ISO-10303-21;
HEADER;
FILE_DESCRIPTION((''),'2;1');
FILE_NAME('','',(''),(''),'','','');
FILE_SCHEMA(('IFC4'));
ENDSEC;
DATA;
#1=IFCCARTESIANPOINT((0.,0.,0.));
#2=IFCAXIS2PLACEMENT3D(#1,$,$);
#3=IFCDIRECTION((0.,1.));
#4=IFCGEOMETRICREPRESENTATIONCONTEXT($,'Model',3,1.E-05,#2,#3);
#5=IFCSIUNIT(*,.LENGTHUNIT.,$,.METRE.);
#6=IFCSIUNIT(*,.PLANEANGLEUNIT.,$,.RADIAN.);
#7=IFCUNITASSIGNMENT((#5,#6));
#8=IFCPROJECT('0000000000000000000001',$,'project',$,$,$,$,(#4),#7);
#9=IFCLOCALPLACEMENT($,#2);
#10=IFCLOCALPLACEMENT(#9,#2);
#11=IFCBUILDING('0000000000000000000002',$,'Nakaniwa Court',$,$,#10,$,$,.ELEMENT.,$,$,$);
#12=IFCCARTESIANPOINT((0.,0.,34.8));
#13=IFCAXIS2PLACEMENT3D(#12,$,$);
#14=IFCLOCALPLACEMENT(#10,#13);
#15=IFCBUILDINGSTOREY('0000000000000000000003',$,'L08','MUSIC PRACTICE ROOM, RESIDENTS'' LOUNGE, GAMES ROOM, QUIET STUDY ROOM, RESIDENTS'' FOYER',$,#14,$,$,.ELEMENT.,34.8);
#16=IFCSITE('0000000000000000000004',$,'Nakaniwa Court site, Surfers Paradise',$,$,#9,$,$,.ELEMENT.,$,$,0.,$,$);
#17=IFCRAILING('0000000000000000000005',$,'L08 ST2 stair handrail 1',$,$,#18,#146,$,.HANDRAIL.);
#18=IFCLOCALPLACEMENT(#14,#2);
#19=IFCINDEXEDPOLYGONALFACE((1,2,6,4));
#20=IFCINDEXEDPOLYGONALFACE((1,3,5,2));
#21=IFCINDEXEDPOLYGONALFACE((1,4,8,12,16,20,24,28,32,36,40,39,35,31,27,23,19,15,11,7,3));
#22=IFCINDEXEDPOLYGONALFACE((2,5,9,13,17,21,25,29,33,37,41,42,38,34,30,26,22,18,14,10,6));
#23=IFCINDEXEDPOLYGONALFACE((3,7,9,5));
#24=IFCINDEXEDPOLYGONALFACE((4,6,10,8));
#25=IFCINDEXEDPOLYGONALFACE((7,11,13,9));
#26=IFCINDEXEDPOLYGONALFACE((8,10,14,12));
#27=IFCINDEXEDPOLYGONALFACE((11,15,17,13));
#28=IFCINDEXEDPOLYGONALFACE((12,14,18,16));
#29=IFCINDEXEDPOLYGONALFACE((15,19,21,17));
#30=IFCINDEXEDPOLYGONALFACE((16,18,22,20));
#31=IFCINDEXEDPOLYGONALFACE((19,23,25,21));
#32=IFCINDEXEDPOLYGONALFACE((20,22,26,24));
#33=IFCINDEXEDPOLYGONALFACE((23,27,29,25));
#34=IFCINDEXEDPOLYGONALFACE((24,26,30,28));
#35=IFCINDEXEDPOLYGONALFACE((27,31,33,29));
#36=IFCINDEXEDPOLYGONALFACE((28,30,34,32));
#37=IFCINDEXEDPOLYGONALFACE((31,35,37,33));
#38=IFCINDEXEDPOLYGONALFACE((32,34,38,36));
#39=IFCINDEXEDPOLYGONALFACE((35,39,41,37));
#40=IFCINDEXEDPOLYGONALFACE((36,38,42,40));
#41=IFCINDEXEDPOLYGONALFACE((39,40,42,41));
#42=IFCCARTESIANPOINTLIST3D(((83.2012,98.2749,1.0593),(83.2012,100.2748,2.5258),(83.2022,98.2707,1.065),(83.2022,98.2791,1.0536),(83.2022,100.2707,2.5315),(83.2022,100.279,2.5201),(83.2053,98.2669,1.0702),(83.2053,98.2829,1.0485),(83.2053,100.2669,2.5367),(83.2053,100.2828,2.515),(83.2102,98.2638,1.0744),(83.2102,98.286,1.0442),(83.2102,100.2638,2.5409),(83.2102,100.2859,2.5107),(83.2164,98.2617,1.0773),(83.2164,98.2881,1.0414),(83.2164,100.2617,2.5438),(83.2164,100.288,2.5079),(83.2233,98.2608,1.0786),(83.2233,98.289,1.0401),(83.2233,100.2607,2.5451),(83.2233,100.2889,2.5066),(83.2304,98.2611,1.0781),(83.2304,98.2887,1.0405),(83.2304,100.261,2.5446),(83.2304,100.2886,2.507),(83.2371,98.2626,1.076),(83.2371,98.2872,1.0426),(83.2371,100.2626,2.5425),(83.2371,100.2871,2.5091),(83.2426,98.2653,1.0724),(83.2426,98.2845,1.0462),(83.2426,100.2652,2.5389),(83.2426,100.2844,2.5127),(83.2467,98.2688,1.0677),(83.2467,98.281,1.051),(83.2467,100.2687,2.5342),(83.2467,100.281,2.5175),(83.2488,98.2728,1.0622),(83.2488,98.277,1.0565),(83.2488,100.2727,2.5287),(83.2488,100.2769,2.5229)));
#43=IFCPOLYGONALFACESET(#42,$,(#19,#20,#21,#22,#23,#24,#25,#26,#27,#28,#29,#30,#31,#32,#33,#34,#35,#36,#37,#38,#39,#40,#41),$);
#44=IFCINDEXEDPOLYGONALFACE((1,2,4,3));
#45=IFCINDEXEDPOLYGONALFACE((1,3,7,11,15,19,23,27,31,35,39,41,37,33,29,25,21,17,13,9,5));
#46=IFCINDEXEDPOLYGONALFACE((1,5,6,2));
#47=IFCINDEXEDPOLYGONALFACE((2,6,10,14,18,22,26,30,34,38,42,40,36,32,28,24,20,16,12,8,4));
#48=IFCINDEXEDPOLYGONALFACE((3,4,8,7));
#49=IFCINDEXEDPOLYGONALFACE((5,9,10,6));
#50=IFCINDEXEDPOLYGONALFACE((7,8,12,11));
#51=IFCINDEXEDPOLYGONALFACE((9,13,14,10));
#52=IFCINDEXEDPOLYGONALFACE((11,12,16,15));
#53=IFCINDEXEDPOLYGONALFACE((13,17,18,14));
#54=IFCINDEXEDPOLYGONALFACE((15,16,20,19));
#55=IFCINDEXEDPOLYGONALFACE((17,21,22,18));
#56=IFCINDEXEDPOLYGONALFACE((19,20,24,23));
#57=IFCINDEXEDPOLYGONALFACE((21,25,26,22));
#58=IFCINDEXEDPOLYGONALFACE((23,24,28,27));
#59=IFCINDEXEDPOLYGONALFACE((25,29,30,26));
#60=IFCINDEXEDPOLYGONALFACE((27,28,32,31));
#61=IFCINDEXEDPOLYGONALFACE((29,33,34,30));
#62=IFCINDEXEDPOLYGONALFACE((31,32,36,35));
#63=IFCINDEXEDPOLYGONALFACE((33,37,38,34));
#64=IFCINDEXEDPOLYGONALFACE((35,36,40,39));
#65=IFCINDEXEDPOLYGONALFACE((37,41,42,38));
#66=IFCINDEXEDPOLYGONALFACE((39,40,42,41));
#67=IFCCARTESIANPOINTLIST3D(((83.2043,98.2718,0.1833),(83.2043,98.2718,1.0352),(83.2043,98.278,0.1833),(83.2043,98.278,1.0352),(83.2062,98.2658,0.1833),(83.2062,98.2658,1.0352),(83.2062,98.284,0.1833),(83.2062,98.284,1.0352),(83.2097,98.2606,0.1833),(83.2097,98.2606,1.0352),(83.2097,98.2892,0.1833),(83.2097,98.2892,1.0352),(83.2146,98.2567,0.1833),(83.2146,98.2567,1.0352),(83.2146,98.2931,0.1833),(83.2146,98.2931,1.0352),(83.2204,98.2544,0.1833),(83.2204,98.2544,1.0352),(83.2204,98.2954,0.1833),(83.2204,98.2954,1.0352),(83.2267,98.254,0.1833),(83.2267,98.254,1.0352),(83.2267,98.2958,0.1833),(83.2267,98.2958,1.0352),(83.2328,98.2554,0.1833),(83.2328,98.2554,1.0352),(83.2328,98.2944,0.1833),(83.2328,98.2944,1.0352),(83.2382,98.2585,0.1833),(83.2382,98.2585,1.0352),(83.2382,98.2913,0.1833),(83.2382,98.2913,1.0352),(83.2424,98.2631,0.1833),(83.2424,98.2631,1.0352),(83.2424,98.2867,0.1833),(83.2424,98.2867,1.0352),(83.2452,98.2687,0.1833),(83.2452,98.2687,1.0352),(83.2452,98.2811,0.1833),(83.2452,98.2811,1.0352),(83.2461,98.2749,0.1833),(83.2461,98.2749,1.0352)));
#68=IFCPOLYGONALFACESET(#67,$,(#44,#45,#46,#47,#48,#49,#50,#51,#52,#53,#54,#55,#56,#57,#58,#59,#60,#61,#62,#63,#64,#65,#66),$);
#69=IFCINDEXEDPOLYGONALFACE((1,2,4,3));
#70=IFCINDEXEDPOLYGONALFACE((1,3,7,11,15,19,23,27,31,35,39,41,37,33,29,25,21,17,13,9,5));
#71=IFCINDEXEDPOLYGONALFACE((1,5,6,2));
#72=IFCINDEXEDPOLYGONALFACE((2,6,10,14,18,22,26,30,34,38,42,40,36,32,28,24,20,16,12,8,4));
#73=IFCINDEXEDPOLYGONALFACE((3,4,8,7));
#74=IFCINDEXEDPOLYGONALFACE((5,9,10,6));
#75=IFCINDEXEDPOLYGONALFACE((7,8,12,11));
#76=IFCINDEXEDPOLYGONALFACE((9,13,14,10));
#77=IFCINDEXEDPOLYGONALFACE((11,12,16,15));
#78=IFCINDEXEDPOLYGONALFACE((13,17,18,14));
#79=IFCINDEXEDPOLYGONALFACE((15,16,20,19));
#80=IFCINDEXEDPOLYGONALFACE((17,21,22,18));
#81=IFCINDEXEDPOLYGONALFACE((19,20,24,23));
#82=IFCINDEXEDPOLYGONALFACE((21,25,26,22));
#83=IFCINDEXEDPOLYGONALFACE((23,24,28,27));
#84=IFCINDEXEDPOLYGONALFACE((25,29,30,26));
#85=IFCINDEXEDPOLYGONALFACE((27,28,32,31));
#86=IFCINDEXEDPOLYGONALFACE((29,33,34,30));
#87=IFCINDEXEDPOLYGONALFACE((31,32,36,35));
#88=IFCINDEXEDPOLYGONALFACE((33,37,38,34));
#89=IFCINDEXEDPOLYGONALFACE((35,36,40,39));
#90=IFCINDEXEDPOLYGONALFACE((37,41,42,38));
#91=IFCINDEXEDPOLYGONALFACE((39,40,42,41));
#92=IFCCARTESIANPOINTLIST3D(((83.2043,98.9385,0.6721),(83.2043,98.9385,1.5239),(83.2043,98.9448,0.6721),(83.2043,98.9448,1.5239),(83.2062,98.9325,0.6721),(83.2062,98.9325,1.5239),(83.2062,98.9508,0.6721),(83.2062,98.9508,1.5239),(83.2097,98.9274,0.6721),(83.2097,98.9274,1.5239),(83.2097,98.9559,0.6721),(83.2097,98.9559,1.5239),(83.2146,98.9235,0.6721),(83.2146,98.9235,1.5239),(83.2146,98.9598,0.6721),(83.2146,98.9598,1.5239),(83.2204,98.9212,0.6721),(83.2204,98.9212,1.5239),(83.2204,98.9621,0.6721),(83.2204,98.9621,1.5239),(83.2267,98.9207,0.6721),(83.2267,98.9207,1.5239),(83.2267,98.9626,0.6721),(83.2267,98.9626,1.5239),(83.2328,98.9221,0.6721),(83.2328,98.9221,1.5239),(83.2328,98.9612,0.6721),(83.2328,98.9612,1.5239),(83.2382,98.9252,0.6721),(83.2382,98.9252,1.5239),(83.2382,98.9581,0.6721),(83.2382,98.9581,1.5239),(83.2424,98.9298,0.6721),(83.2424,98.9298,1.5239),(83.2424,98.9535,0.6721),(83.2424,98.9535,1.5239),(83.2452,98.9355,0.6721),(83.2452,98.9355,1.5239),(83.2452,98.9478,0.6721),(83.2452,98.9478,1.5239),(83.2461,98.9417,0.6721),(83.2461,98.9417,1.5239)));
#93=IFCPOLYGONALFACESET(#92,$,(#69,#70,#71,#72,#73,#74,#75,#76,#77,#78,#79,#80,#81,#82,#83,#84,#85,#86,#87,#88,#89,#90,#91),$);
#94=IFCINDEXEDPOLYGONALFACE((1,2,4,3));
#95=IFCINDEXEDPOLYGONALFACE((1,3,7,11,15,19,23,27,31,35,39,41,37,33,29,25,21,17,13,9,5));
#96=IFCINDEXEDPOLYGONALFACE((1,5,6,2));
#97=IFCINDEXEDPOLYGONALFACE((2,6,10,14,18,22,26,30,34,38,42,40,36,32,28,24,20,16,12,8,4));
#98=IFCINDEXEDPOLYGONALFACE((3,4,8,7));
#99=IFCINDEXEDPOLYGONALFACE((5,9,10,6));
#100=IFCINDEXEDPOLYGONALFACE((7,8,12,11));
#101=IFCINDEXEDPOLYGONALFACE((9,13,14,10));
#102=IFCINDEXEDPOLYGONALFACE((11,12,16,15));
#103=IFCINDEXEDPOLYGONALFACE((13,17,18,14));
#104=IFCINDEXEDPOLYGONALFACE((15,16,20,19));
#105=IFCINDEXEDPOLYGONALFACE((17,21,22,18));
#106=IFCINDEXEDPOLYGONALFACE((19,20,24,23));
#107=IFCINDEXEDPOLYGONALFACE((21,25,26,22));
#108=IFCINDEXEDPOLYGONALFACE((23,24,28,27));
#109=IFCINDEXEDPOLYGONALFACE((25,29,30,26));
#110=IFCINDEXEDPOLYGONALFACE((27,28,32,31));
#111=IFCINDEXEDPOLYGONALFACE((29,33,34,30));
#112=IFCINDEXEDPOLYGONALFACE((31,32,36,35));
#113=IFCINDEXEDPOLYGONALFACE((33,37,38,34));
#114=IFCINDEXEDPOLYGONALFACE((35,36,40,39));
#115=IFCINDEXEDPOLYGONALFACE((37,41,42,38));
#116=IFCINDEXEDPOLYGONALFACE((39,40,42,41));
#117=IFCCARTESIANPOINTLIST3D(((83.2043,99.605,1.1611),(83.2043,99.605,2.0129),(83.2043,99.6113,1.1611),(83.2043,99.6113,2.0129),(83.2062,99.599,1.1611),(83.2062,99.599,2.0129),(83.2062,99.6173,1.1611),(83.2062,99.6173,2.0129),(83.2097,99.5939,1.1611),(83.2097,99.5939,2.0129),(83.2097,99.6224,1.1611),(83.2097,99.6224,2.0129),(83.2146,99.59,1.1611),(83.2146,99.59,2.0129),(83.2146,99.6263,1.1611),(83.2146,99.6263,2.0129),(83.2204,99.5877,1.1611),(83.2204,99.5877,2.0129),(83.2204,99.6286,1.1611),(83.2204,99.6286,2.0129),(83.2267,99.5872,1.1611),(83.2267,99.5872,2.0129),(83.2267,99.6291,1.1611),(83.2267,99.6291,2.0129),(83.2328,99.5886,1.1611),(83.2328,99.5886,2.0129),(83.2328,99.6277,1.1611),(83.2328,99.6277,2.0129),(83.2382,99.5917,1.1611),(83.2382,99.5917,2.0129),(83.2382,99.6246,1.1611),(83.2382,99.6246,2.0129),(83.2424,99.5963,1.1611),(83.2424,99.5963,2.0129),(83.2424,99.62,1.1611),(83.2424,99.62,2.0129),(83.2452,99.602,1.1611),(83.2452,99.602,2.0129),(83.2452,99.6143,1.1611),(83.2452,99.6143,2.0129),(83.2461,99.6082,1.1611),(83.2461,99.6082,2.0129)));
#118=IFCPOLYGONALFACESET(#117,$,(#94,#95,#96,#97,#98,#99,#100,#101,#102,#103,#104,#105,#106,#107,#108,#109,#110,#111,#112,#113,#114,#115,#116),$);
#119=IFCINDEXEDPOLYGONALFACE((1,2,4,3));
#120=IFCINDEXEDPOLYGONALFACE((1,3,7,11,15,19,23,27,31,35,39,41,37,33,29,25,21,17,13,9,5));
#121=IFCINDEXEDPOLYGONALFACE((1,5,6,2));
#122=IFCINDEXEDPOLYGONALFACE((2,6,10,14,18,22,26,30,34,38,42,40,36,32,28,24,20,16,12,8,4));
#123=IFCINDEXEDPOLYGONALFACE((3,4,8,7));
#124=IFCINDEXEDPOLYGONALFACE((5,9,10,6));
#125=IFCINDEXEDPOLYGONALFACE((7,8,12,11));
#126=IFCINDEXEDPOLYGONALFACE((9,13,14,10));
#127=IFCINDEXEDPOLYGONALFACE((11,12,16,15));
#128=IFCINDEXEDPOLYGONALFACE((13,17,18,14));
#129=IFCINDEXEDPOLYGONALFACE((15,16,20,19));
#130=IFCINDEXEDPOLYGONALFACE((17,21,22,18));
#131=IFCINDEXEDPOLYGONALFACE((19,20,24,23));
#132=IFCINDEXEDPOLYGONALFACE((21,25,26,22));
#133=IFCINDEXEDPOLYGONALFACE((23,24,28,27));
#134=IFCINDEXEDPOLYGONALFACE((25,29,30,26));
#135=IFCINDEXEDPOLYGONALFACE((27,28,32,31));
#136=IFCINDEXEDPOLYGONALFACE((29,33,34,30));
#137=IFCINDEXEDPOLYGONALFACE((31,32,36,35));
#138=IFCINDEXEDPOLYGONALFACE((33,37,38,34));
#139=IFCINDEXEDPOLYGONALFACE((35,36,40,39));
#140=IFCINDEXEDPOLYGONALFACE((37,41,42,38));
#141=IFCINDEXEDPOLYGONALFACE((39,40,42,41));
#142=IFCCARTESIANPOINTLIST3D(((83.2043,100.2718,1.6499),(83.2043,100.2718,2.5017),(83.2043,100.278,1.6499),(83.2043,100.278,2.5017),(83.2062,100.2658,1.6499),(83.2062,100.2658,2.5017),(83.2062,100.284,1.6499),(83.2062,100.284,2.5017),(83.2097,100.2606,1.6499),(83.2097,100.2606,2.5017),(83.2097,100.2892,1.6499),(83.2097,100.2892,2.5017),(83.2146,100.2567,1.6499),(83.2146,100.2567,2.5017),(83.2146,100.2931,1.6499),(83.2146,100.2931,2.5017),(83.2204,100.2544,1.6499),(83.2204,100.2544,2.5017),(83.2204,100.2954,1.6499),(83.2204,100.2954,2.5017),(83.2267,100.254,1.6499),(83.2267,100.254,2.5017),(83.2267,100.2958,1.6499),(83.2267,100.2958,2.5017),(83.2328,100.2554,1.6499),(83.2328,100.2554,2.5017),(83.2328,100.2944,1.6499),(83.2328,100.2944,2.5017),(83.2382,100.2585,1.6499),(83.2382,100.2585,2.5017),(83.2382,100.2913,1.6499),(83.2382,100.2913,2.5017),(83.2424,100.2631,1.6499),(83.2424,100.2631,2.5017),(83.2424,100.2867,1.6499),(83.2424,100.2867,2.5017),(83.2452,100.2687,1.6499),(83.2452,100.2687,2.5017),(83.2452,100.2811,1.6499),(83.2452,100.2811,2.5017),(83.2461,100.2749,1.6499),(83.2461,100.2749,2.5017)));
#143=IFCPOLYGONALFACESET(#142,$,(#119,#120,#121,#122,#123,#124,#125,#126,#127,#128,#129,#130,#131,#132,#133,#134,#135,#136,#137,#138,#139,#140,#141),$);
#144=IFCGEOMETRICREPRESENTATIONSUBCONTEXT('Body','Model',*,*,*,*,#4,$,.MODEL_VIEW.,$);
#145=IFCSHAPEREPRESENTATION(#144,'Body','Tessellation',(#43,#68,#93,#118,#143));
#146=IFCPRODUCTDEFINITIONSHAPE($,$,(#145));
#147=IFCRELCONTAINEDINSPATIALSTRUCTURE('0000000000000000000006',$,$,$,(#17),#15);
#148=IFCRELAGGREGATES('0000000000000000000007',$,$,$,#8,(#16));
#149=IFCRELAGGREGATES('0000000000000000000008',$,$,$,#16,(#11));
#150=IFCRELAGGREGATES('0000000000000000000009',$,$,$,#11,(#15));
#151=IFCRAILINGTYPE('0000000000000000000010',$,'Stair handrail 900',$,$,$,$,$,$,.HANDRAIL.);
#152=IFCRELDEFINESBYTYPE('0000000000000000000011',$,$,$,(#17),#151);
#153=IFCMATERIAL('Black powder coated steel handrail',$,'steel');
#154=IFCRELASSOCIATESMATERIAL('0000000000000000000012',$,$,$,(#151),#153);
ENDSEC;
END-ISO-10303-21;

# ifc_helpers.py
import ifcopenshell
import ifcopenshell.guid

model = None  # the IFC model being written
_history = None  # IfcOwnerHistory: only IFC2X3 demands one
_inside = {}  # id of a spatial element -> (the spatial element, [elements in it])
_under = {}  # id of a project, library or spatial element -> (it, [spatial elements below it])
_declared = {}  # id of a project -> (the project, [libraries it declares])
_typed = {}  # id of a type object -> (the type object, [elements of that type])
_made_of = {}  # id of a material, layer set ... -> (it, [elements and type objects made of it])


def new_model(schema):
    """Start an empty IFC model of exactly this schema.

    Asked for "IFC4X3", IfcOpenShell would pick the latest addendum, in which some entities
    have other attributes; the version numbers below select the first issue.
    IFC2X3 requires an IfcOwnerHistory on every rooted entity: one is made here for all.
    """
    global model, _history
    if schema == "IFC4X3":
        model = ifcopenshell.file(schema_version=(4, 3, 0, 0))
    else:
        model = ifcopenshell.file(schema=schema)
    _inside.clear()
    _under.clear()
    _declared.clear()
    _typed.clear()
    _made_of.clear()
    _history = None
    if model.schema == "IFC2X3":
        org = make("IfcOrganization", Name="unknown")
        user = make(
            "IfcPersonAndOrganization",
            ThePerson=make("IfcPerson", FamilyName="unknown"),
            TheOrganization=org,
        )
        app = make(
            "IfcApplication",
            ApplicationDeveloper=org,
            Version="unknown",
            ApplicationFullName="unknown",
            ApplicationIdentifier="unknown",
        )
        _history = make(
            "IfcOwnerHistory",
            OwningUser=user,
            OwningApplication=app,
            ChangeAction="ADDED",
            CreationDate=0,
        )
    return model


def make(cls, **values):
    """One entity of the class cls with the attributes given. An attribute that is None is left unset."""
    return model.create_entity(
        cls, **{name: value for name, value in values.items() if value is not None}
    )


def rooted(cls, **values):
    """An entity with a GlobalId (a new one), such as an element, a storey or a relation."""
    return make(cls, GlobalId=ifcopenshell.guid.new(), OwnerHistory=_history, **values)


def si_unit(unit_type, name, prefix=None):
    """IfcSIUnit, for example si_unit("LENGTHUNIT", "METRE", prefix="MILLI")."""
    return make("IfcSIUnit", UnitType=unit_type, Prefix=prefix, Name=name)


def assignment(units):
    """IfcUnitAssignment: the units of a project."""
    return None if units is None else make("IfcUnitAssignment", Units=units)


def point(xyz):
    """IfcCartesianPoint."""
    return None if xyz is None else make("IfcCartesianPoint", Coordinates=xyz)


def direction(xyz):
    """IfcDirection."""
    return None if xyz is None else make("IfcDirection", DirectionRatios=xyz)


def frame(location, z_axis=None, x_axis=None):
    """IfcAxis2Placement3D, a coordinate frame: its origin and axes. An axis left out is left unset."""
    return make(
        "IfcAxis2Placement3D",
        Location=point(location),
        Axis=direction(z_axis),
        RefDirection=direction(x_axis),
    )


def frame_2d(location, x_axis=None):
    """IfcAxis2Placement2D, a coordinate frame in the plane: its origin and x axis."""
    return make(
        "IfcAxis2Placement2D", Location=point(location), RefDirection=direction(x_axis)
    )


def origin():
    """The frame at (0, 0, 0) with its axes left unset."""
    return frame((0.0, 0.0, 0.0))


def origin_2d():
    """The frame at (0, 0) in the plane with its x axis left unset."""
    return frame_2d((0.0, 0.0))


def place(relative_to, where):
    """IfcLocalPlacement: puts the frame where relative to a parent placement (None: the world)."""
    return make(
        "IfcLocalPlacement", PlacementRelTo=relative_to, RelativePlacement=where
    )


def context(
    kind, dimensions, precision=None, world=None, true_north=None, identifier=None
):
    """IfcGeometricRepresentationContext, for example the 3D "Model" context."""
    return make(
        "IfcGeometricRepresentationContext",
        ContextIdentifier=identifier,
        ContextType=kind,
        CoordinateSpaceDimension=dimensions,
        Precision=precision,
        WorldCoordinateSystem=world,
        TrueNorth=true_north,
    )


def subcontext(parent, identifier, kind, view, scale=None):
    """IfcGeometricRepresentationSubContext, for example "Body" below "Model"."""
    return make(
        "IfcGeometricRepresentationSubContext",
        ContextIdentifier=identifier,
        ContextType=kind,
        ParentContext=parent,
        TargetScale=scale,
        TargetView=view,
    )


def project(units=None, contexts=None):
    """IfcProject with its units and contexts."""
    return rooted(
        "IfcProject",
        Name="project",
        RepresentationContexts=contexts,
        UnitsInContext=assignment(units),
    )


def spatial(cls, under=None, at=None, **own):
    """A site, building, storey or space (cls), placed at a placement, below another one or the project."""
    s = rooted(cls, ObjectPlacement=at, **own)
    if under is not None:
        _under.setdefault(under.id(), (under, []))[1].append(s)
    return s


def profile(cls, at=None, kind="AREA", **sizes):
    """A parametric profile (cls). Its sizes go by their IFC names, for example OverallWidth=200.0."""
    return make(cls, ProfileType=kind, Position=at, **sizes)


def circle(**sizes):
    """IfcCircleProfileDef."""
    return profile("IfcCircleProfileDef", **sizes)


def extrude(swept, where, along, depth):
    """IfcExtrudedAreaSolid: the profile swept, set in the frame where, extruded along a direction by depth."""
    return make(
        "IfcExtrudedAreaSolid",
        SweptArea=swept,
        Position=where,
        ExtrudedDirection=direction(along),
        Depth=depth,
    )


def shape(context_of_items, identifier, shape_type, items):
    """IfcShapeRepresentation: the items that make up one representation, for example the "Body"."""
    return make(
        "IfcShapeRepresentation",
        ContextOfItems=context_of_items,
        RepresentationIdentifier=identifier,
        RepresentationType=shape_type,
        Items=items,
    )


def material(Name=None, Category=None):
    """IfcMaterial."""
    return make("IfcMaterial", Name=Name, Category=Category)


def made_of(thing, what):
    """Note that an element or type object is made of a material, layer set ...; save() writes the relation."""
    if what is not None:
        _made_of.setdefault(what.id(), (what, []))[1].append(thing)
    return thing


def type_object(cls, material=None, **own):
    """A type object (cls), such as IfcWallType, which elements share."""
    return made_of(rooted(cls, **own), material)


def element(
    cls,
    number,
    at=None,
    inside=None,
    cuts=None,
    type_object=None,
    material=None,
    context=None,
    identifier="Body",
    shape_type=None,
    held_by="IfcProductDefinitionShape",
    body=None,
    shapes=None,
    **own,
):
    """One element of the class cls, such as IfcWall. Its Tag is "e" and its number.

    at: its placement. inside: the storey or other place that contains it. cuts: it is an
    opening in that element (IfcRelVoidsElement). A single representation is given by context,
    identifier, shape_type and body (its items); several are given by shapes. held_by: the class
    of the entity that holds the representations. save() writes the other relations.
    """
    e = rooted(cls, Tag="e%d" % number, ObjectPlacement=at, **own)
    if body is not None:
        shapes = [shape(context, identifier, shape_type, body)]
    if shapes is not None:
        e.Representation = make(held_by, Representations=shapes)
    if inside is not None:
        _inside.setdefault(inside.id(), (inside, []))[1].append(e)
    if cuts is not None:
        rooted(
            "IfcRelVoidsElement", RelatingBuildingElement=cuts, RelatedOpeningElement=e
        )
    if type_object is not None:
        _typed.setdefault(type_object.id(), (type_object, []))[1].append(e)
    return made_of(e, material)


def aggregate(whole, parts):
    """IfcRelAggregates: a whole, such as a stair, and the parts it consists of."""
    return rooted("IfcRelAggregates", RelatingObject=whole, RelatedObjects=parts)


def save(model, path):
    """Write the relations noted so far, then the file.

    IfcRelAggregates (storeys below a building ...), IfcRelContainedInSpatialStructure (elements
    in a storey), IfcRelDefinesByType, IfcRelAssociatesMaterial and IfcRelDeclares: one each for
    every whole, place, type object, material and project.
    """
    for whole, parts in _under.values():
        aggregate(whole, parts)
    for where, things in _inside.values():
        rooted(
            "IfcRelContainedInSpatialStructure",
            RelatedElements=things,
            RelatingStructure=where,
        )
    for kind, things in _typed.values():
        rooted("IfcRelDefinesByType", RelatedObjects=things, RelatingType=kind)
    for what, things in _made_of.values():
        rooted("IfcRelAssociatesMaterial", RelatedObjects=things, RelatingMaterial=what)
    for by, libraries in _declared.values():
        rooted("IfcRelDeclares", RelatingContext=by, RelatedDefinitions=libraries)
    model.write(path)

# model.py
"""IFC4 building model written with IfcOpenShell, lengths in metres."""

from ifc_helpers import new_model, si_unit, direction, frame, origin, origin_2d, place, context, subcontext, project, spatial, circle, extrude, material, type_object, element, save


model = new_model("IFC4")

# Units and contexts
model_context = context("Model", 3, precision=1e-05, world=origin(), true_north=direction((0.0, 1.0)))
body_context = subcontext(model_context, "Body", "Model", "MODEL_VIEW")
ifc_project = project(units=[si_unit("LENGTHUNIT", "METRE"), si_unit("PLANEANGLEUNIT", "RADIAN")], contexts=[model_context])

# Site, building, storey
site_placement = place(None, origin())
site = spatial("IfcSite", under=ifc_project, at=site_placement, Name="Nakaniwa Court site, Surfers Paradise", CompositionType="ELEMENT", RefElevation=0.0)
building_placement = place(site_placement, origin())
building = spatial("IfcBuilding", under=site, at=building_placement, Name="Nakaniwa Court", CompositionType="ELEMENT")
storey_placement = place(building_placement, frame((0.0, 0.0, 34.8)))
storey = spatial("IfcBuildingStorey", under=building, at=storey_placement, Name="L08", Description="MUSIC PRACTICE ROOM, RESIDENTS' LOUNGE, GAMES ROOM, QUIET STUDY ROOM, RESIDENTS' FOYER", CompositionType="ELEMENT", Elevation=34.8)

# Railing
ifc_material_1 = material(Name="Black powder coated steel handrail", Category="steel")
railing_type_1 = type_object("IfcRailingType", Name="Stair handrail 900", PredefinedType="HANDRAIL", material=ifc_material_1)
railing_1_placement = place(storey_placement, frame((83.2251, 98.2749, 0.1833)))
element("IfcRailing", 1, at=railing_1_placement, inside=storey, type_object=railing_type_1, Name="L08 ST2 stair handrail 1", PredefinedType="HANDRAIL", context=body_context, shape_type="SweptSolid", body=[
    extrude(circle(Radius=0.0239, at=origin_2d()), frame((0.0, 0.0, 0.876), z_axis=(0.0, 0.806427, 0.591334), x_axis=(-1.0, 0.0, 0.0)), (0.0, 0.0, 1.0), 2.48),
    extrude(circle(Radius=0.021, at=origin_2d()), origin(), (0.0, 0.0, 1.0), 0.8518),
    extrude(circle(Radius=0.021, at=origin_2d()), frame((0.0, 0.6667, 0.4888)), (0.0, 0.0, 1.0), 0.8518),
    extrude(circle(Radius=0.021, at=origin_2d()), frame((0.0, 1.3333, 0.9778)), (0.0, 0.0, 1.0), 0.8518),
    extrude(circle(Radius=0.021, at=origin_2d()), frame((0.0, 2.0, 1.4666)), (0.0, 0.0, 1.0), 0.8518),
])

save(model, "model.ifc")
